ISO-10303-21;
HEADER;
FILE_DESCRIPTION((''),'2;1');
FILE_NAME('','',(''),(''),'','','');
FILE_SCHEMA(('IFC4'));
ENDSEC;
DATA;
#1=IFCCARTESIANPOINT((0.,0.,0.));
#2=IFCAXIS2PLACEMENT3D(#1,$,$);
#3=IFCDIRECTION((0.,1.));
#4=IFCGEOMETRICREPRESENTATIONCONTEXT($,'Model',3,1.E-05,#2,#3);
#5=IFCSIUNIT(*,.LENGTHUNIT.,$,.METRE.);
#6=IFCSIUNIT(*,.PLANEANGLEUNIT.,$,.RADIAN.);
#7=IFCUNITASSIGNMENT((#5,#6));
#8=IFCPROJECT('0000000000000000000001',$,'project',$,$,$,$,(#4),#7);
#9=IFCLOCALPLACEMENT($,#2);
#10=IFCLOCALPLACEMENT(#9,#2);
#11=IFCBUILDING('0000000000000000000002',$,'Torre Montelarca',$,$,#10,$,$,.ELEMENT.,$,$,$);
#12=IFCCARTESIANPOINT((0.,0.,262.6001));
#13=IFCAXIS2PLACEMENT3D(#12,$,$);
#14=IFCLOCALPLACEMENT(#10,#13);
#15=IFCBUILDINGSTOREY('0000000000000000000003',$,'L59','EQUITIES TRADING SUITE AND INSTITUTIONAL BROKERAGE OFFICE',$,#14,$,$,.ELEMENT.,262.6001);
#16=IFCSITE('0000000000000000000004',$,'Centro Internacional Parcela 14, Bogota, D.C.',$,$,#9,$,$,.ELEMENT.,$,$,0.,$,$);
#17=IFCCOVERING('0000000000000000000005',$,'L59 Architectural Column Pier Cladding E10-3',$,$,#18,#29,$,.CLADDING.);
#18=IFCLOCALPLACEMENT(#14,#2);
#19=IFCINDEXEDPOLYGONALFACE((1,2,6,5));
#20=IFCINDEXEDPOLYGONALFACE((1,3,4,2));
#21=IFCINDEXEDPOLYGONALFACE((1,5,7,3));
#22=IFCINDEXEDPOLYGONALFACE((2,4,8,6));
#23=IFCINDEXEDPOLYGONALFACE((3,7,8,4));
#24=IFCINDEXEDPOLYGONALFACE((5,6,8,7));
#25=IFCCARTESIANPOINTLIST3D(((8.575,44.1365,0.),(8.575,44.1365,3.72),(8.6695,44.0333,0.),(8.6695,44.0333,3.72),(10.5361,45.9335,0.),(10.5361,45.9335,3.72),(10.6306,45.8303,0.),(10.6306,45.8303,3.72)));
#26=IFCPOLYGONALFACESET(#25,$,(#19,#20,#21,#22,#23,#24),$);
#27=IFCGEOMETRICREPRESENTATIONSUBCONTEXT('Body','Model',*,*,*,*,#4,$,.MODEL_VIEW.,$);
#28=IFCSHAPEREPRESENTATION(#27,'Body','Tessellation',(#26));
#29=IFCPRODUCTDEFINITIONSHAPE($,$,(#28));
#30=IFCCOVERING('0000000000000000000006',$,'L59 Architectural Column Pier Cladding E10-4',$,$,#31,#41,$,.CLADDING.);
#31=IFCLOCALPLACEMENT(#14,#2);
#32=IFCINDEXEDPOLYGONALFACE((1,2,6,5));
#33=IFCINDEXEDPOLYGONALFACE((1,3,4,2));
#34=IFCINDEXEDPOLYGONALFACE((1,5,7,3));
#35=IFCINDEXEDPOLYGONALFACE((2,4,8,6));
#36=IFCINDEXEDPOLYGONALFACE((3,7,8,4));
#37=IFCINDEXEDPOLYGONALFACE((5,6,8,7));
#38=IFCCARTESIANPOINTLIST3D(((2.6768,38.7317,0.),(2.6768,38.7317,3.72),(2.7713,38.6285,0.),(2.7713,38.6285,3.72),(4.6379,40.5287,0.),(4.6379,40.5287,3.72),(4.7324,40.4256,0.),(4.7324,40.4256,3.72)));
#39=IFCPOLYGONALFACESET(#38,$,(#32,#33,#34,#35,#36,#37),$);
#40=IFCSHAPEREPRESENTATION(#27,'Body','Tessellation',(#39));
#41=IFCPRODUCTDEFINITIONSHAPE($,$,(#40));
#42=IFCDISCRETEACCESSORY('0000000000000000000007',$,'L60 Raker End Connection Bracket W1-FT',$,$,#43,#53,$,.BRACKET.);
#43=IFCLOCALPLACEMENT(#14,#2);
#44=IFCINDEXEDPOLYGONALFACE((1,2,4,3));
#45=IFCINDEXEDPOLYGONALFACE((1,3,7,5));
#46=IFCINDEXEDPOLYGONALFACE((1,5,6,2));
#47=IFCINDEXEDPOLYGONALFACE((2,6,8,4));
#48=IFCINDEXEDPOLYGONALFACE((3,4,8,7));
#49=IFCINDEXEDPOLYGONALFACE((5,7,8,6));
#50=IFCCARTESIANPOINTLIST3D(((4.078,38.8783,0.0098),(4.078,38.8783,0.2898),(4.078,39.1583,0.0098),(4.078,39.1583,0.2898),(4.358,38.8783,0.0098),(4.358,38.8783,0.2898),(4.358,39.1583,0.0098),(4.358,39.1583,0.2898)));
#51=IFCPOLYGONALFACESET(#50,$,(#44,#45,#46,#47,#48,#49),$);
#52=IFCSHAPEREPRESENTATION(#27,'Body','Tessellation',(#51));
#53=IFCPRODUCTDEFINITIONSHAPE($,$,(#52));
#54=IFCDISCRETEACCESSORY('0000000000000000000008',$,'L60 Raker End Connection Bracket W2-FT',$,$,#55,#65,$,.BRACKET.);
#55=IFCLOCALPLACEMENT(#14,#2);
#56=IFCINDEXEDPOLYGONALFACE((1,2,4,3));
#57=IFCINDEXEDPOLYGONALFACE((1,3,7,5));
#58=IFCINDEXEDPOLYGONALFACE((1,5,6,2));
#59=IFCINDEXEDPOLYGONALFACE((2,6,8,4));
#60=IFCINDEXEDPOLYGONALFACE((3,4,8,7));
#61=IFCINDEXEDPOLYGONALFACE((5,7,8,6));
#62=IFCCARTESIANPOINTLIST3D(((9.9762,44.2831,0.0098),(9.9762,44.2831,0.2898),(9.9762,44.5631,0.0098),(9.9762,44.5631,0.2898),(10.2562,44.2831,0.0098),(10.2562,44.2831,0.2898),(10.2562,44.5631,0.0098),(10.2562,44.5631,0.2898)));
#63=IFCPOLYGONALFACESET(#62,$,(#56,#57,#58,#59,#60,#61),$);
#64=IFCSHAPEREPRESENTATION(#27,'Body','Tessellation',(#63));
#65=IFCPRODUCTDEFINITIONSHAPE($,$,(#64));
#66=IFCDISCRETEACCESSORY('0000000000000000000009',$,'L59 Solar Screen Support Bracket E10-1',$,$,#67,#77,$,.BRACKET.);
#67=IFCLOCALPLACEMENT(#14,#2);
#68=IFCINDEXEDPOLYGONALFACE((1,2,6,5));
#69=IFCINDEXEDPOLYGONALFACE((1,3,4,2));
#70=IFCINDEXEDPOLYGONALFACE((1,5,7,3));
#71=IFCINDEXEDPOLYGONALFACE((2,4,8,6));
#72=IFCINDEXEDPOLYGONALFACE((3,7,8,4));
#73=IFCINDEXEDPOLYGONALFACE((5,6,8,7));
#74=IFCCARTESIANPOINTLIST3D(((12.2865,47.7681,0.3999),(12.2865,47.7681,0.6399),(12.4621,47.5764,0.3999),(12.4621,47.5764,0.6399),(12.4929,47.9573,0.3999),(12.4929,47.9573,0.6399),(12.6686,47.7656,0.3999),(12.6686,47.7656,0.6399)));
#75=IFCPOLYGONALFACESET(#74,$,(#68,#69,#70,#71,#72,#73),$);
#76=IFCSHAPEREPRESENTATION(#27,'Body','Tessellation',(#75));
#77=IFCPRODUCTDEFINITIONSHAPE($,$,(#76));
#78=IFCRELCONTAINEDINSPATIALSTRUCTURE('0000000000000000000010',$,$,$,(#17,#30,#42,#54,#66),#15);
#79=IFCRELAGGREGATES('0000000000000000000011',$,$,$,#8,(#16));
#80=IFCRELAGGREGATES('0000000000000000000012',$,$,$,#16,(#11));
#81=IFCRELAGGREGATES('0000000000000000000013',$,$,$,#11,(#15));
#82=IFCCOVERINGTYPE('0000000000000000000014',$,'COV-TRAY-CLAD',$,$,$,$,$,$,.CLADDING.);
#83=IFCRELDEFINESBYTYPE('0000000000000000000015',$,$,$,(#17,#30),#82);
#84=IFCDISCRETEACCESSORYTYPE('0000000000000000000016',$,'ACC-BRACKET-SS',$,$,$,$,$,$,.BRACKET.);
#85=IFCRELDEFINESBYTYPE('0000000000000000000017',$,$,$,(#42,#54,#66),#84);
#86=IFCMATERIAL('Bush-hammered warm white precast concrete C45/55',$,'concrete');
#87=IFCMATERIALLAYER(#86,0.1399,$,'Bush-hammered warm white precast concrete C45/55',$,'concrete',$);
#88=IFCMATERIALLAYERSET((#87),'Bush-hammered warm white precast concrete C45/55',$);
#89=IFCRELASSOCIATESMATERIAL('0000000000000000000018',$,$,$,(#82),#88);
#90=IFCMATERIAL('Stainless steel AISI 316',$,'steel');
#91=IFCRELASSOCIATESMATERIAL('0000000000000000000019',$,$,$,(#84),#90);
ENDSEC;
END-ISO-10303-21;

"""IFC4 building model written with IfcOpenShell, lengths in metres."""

from ifc_helpers import new_model, si_unit, direction, frame, origin, origin_2d, place, context, subcontext, project, spatial, rectangle, extrude, source, transform, mapped, material, layer, layer_set, type_object, element, save


model = new_model("IFC4")

# Units and contexts
model_context = context("Model", 3, precision=1e-05, world=origin(), true_north=direction((0.0, 1.0)))
body_context = subcontext(model_context, "Body", "Model", "MODEL_VIEW")
ifc_project = project(units=[si_unit("LENGTHUNIT", "METRE"), si_unit("PLANEANGLEUNIT", "RADIAN")], contexts=[model_context])

# Site, building, storey
site_placement = place(None, origin())
site = spatial("IfcSite", under=ifc_project, at=site_placement, Name="Centro Internacional Parcela 14, Bogota, D.C.", CompositionType="ELEMENT", RefElevation=0.0)
building_placement = place(site_placement, origin())
building = spatial("IfcBuilding", under=site, at=building_placement, Name="Torre Montelarca", CompositionType="ELEMENT")
storey_placement = place(building_placement, frame((0.0, 0.0, 262.6001)))
storey = spatial("IfcBuildingStorey", under=building, at=storey_placement, Name="L59", Description="EQUITIES TRADING SUITE AND INSTITUTIONAL BROKERAGE OFFICE", CompositionType="ELEMENT", Elevation=262.6001)

# Shared definitions
ifc_material_1 = material(Name="Bush-hammered warm white precast concrete C45/55", Category="concrete")
ifc_layer_1 = layer(ifc_material_1, 0.1399, Name="Bush-hammered warm white precast concrete C45/55", Category="concrete")
ifc_layer_set_1 = layer_set([ifc_layer_1], Name="Bush-hammered warm white precast concrete C45/55")
covering_type = type_object("IfcCoveringType", Name="COV-TRAY-CLAD", PredefinedType="CLADDING", material=ifc_layer_set_1)

# Coverings
shared_shape_1 = source(origin(), body_context, "Body", "SweptSolid", [
    extrude(rectangle(XDim=2.6599, YDim=0.1399, at=origin_2d()), origin(), (0.0, 0.0, 1.0), 3.72),
])
for number, where, z_axis, x_axis, name in (
    (1, (9.6028, 44.9834, 0.0), (0.0, 0.0, 1.0), (-0.737276, -0.675591, 0.0), "L59 Architectural Column Pier Cladding E10-3"),
    (2, (3.7046, 39.5786, 0.0), (0.0, 0.0, 1.0), (-0.737276, -0.675591, 0.0), "L59 Architectural Column Pier Cladding E10-4"),
):
    element("IfcCovering", number, at=place(storey_placement, frame(where, z_axis=z_axis, x_axis=x_axis)), inside=storey, type_object=covering_type, Name=name, PredefinedType="CLADDING", context=body_context, shape_type="MappedRepresentation", body=[
        mapped(shared_shape_1, transform((0.0, 0.0, 0.0), scale=1.0)),
    ])

# Discrete accessories
ifc_material_2 = material(Name="Stainless steel AISI 316", Category="steel")
discrete_accessory_type = type_object("IfcDiscreteAccessoryType", Name="ACC-BRACKET-SS", PredefinedType="BRACKET", material=ifc_material_2)
shared_shape_2 = source(origin(), body_context, "Body", "SweptSolid", [
    extrude(rectangle(XDim=0.28, YDim=0.28, at=origin_2d()), origin(), (0.0, 0.0, 1.0), 0.28),
])
for number, where, z_axis, x_axis, name in (
    (3, (4.218, 39.0183, 0.0098), (0.0, 0.0, 1.0), (1.0, 0.0, 0.0), "L60 Raker End Connection Bracket W1-FT"),
    (4, (10.1162, 44.4231, 0.0098), (0.0, 0.0, 1.0), (1.0, 0.0, 0.0), "L60 Raker End Connection Bracket W2-FT"),
):
    element("IfcDiscreteAccessory", number, at=place(storey_placement, frame(where, z_axis=z_axis, x_axis=x_axis)), inside=storey, type_object=discrete_accessory_type, Name=name, PredefinedType="BRACKET", context=body_context, shape_type="MappedRepresentation", body=[
        mapped(shared_shape_2, transform((0.0, 0.0, 0.0), scale=1.0)),
    ])
shared_shape_3 = source(origin(), body_context, "Body", "SweptSolid", [
    extrude(rectangle(XDim=0.28, YDim=0.26, at=origin_2d()), origin(), (0.0, 0.0, 1.0), 0.24),
])
discrete_accessory_placement = place(storey_placement, frame((12.4775, 47.7668, 0.3999), z_axis=(0.0, 0.0, 1.0), x_axis=(-0.737276, -0.675591, 0.0)))
element("IfcDiscreteAccessory", 5, at=discrete_accessory_placement, inside=storey, type_object=discrete_accessory_type, Name="L59 Solar Screen Support Bracket E10-1", PredefinedType="BRACKET", context=body_context, shape_type="MappedRepresentation", body=[
    mapped(shared_shape_3, transform((0.0, 0.0, 0.0), scale=1.0)),
])

save(model, "model.ifc")
